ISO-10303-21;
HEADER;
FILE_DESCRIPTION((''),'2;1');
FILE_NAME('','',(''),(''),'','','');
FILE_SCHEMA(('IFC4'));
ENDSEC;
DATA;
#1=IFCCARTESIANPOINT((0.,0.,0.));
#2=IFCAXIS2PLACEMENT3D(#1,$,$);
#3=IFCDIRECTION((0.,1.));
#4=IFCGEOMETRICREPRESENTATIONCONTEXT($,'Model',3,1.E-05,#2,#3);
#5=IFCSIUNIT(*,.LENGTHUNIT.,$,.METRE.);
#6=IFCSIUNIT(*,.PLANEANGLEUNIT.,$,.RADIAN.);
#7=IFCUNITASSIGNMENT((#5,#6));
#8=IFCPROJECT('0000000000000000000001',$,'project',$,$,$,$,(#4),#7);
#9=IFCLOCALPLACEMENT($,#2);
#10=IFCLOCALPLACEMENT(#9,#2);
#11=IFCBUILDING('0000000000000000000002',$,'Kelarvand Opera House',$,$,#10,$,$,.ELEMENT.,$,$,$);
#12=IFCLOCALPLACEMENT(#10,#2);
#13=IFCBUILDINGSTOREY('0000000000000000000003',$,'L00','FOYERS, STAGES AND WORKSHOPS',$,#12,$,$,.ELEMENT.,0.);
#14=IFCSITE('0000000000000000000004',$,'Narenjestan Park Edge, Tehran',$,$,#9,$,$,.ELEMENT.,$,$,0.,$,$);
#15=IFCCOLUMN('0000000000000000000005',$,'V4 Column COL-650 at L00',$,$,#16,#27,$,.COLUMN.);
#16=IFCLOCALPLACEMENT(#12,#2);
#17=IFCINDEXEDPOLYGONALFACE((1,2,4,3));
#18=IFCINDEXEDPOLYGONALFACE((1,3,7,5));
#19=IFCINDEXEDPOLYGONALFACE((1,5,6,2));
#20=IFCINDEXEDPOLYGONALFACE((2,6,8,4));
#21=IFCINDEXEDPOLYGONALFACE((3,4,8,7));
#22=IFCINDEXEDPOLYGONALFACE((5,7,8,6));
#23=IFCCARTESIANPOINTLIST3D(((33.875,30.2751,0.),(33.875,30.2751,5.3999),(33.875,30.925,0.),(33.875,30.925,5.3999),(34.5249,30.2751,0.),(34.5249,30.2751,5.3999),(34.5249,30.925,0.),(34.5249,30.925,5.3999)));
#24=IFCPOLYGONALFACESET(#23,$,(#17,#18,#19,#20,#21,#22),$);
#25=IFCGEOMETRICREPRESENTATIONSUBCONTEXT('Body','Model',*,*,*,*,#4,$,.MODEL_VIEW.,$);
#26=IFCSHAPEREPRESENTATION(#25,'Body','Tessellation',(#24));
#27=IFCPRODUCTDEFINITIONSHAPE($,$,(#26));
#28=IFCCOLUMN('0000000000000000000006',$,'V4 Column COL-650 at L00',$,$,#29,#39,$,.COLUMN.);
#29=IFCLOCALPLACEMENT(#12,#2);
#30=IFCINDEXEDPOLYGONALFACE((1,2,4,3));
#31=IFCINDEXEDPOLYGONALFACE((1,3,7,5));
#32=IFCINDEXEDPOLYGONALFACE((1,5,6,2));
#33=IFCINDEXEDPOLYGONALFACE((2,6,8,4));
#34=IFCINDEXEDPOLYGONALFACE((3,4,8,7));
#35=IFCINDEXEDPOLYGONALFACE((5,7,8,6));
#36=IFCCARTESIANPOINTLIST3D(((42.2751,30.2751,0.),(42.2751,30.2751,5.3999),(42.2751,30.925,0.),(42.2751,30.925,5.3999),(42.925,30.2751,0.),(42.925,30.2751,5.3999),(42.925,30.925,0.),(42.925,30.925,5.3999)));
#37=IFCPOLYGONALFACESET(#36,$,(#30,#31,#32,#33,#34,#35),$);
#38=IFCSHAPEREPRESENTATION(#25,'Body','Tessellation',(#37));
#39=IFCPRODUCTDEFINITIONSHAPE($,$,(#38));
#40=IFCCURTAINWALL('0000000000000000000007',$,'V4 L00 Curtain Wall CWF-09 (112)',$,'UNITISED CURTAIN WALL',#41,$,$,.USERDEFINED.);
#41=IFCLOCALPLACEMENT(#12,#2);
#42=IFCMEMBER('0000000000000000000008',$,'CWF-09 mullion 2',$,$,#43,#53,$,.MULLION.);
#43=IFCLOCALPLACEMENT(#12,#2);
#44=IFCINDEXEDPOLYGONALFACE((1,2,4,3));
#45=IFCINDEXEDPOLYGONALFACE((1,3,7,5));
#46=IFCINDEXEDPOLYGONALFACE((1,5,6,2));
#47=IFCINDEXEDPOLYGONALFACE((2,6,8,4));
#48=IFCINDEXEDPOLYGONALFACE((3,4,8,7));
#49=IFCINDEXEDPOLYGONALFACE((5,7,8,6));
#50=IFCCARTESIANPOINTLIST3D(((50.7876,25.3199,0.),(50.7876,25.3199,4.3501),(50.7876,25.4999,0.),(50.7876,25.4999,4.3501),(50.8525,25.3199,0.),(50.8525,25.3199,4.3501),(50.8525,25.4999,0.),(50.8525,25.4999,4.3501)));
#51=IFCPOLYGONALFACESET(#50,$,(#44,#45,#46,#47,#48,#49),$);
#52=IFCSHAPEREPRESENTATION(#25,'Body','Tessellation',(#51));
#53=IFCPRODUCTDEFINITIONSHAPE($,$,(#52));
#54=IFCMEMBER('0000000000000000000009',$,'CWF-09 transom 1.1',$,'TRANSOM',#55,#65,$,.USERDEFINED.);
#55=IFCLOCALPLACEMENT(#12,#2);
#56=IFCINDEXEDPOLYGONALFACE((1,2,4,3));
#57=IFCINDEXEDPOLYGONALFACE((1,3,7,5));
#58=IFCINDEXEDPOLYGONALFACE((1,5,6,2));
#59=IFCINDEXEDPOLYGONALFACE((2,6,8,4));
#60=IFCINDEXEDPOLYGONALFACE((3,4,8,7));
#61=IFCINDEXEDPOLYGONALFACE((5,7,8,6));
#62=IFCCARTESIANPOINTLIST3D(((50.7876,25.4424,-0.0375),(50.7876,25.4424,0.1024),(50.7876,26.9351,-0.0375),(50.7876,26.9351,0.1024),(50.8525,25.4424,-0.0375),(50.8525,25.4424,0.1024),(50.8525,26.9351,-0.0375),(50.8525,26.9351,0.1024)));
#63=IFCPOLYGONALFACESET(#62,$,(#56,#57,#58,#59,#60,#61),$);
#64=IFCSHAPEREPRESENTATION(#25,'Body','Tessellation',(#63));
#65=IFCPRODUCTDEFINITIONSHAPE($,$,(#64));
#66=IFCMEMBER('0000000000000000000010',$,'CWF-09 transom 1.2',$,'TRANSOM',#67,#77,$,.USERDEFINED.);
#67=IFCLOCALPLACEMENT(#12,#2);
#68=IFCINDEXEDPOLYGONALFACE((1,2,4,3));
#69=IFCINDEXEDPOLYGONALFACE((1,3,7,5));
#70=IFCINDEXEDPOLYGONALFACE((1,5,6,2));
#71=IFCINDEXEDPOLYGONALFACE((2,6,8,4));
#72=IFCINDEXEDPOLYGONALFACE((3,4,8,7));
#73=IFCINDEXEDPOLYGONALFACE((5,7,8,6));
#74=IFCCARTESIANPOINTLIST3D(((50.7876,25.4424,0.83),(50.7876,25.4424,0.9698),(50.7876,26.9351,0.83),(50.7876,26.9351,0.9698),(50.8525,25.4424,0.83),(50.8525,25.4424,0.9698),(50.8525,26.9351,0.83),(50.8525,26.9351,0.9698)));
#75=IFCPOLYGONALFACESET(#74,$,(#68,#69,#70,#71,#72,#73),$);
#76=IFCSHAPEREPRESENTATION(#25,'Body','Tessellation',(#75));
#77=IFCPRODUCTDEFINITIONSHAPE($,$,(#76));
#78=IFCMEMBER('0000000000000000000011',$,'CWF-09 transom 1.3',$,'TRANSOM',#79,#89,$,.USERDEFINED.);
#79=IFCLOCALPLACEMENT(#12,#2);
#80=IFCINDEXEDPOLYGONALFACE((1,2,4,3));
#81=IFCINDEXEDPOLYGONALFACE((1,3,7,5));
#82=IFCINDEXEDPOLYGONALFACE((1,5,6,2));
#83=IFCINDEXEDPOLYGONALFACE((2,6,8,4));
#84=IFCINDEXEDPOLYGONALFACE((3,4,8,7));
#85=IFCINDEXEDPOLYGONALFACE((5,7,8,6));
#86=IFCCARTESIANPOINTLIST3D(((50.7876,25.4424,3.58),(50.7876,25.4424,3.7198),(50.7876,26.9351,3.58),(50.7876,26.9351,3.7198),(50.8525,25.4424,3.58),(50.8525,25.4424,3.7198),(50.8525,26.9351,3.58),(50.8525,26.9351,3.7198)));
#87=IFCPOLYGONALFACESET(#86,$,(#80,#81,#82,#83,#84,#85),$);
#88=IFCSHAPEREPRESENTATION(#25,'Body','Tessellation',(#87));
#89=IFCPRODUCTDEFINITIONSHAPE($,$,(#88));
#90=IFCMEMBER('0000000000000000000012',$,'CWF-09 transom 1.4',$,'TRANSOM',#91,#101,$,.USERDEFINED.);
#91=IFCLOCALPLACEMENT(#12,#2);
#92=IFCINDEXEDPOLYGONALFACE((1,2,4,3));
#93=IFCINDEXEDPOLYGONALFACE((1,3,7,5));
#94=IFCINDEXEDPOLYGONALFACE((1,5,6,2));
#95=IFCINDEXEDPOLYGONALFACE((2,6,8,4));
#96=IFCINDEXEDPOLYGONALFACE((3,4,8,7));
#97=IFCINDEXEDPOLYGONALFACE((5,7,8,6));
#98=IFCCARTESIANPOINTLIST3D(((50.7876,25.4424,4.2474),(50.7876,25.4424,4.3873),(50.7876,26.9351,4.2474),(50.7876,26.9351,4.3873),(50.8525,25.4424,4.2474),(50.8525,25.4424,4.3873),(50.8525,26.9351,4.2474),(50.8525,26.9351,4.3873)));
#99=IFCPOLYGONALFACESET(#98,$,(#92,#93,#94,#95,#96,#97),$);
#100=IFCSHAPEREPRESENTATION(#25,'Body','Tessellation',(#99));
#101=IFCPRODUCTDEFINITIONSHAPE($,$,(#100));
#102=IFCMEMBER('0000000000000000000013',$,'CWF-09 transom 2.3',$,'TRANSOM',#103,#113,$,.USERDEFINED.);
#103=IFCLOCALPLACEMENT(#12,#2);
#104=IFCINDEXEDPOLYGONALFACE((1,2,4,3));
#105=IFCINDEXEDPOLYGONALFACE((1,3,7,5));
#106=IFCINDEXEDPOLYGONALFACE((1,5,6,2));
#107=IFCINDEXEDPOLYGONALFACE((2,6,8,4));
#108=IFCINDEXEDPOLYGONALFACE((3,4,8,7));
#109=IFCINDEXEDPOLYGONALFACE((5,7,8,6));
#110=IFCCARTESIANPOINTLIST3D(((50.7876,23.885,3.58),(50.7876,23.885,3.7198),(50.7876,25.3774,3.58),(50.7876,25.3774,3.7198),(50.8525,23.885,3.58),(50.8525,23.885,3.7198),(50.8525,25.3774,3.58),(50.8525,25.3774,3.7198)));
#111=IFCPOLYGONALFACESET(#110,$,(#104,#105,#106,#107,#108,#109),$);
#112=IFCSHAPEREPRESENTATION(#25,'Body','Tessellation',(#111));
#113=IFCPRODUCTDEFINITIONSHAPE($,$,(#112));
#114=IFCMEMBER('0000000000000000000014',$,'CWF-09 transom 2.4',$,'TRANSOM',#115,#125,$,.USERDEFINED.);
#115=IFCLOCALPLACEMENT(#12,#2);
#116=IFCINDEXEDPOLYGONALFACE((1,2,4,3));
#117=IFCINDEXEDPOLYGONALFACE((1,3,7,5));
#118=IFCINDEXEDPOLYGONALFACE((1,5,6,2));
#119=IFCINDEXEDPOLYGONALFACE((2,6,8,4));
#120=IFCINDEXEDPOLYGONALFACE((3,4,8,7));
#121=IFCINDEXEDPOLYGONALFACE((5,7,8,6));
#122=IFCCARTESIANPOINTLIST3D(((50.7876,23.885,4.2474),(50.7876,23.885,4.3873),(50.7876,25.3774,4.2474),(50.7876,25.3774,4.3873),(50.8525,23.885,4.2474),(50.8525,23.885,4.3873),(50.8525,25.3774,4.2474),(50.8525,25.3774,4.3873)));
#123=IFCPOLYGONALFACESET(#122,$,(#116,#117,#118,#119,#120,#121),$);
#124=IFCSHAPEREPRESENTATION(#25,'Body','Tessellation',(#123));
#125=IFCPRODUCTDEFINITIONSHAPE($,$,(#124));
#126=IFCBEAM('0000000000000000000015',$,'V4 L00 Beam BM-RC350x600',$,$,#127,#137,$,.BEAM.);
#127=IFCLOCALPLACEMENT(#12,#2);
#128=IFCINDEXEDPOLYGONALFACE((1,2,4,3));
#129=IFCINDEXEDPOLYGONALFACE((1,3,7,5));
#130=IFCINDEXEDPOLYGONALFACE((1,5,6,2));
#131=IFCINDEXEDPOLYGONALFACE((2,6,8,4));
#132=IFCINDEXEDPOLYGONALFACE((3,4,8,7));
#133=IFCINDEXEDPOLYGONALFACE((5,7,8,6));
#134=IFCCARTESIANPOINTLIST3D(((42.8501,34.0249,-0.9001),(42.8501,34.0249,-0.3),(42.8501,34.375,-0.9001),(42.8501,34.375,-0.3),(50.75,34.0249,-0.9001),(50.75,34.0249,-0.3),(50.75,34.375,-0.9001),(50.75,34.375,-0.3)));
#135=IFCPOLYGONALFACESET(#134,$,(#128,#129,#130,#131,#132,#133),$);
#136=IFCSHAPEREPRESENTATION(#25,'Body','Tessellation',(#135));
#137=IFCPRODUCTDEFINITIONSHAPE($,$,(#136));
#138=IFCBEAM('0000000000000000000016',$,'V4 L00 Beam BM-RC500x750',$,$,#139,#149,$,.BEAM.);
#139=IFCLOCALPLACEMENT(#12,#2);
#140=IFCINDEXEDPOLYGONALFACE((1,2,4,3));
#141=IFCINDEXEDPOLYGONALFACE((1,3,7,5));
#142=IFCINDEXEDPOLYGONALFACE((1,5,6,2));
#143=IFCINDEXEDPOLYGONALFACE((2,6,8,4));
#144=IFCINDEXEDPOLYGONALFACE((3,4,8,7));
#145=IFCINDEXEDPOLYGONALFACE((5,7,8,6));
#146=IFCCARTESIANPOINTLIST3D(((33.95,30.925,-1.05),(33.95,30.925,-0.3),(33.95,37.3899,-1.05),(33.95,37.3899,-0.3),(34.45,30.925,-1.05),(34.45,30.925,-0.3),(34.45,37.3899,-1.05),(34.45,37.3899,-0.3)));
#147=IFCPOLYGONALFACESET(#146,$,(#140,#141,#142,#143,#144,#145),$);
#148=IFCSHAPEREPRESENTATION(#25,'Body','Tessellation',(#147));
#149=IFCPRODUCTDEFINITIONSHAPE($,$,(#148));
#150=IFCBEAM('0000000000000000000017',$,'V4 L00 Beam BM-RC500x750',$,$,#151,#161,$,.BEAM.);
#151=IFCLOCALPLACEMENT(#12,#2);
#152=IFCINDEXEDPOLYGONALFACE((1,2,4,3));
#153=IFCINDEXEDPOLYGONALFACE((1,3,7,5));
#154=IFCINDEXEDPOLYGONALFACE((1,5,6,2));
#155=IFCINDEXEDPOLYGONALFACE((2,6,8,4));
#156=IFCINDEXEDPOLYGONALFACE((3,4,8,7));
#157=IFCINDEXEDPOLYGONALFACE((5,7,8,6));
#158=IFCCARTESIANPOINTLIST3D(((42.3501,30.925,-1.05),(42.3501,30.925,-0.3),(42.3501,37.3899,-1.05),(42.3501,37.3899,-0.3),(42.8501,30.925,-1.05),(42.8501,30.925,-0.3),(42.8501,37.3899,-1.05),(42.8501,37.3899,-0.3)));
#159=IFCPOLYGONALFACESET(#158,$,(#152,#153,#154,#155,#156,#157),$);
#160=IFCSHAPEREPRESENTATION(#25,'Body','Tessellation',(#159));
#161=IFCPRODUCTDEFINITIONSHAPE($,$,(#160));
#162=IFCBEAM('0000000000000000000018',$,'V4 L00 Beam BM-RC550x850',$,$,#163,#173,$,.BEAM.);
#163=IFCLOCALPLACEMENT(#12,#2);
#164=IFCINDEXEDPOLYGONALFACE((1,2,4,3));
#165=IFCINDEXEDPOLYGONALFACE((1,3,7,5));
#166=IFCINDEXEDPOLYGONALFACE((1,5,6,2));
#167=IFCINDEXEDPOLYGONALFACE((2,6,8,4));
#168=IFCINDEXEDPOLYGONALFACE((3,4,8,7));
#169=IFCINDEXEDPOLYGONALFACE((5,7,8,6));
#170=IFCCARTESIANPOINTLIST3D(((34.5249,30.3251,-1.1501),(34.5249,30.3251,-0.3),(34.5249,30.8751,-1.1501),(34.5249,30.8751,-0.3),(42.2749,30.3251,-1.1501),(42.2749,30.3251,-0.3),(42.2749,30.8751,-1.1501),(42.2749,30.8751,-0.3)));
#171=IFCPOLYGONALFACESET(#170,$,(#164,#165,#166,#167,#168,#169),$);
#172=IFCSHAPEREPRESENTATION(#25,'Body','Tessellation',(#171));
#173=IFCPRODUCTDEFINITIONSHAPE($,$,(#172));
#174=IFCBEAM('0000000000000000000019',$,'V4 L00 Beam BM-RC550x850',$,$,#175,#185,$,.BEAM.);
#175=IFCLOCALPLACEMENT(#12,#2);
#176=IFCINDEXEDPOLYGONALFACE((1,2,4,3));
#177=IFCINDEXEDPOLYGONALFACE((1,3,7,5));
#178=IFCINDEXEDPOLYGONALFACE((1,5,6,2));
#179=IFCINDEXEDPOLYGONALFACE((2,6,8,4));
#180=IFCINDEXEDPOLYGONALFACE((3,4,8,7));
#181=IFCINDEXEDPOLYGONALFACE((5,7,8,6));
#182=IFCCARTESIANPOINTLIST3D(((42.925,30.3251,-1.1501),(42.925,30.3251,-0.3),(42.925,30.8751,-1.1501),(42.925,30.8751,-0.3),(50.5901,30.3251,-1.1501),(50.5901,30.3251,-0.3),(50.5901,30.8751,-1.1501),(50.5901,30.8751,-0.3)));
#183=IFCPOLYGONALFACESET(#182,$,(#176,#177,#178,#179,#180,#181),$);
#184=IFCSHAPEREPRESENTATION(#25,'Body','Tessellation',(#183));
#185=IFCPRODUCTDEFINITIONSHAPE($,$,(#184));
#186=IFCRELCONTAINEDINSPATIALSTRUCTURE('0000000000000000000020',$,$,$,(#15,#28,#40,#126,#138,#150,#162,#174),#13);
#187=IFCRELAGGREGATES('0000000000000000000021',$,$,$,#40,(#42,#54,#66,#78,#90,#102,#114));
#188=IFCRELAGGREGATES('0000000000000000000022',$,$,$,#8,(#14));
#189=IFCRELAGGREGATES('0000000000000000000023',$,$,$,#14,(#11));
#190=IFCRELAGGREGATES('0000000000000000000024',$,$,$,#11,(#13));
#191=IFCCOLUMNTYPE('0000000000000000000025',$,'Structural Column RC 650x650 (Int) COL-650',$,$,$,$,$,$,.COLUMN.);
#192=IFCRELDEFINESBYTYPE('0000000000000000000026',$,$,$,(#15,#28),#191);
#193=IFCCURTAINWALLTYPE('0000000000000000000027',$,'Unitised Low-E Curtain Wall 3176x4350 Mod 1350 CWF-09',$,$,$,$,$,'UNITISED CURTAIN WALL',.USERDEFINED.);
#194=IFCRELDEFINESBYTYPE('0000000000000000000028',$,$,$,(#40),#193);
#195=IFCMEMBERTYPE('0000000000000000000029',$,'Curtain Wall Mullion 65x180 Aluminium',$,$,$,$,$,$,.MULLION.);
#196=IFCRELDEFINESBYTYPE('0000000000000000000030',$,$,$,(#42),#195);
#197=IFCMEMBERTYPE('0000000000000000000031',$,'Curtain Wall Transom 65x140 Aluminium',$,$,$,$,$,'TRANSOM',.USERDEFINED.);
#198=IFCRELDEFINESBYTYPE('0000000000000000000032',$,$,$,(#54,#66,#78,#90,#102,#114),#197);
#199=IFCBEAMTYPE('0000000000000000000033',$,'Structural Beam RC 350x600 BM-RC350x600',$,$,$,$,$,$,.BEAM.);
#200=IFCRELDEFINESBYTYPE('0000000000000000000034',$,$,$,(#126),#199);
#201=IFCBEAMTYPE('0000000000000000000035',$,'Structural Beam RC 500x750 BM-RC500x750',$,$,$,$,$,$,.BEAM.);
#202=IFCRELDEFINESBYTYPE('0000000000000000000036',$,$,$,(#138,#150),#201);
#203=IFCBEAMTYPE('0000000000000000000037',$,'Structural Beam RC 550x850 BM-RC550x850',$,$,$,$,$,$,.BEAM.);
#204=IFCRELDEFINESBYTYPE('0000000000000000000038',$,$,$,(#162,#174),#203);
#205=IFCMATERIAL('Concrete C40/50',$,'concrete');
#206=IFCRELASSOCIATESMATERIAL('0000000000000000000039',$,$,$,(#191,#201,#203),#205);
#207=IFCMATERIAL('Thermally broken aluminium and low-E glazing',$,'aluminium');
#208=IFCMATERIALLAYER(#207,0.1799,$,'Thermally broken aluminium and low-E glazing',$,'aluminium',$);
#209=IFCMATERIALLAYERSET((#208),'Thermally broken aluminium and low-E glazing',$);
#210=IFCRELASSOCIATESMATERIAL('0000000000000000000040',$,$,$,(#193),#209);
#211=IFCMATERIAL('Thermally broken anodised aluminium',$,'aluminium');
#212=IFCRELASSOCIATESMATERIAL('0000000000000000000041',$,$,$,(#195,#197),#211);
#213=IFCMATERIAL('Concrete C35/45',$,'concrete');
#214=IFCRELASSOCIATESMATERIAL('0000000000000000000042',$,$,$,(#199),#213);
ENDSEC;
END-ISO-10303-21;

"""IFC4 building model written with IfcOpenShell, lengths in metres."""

from ifc_helpers import new_model, si_unit, direction, frame, origin, origin_2d, place, context, subcontext, project, spatial, rectangle, extrude, material, layer, layer_set, material_profile, profile_set, type_object, element, aggregate, save


model = new_model("IFC4")

# Units and contexts
model_context = context("Model", 3, precision=1e-05, world=origin(), true_north=direction((0.0, 1.0)))
body_context = subcontext(model_context, "Body", "Model", "MODEL_VIEW")
ifc_project = project(units=[si_unit("LENGTHUNIT", "METRE"), si_unit("PLANEANGLEUNIT", "RADIAN")], contexts=[model_context])

# Site, building, storey
site_placement = place(None, origin())
site = spatial("IfcSite", under=ifc_project, at=site_placement, Name="Narenjestan Park Edge, Tehran", CompositionType="ELEMENT", RefElevation=0.0)
building_placement = place(site_placement, origin())
building = spatial("IfcBuilding", under=site, at=building_placement, Name="Kelarvand Opera House", CompositionType="ELEMENT")
storey_placement = place(building_placement, origin())
storey = spatial("IfcBuildingStorey", under=building, at=storey_placement, Name="L00", Description="FOYERS, STAGES AND WORKSHOPS", CompositionType="ELEMENT", Elevation=0.0)

# Columns
ifc_material_1 = material(Name="Concrete C40/50", Category="concrete")
ifc_material_profile_1 = material_profile(ifc_material_1, rectangle(XDim=0.6499, YDim=0.6499, at=origin_2d()), Name="RC 650x650", Category="concrete")
ifc_profile_set_1 = profile_set([ifc_material_profile_1], Name="Concrete C40/50")
column_type = type_object("IfcColumnType", Name="Structural Column RC 650x650 (Int) COL-650", PredefinedType="COLUMN", material=ifc_profile_set_1)
for number, where, z_axis, x_axis, name in (
    (1, (34.2, 30.6001, 0.0), (0.0, 0.0, 1.0), (1.0, 0.0, 0.0), "V4 Column COL-650 at L00"),
    (2, (42.6001, 30.6001, 0.0), (0.0, 0.0, 1.0), (1.0, 0.0, 0.0), "V4 Column COL-650 at L00"),
):
    element("IfcColumn", number, at=place(storey_placement, frame(where, z_axis=z_axis, x_axis=x_axis)), inside=storey, type_object=column_type, Name=name, PredefinedType="COLUMN", context=body_context, shape_type="SweptSolid", body=[
        extrude(rectangle(XDim=0.6499, YDim=0.6499, at=origin_2d()), origin(), (0.0, 0.0, 1.0), 5.3999),
    ])

# Curtain wall, members
ifc_material_2 = material(Name="Thermally broken aluminium and low-E glazing", Category="aluminium")
ifc_layer_1 = layer(ifc_material_2, 0.1799, Name="Thermally broken aluminium and low-E glazing", Category="aluminium")
ifc_layer_set_1 = layer_set([ifc_layer_1], Name="Thermally broken aluminium and low-E glazing")
curtain_wall_type = type_object("IfcCurtainWallType", Name="Unitised Low-E Curtain Wall 3176x4350 Mod 1350 CWF-09", ElementType="UNITISED CURTAIN WALL", PredefinedType="USERDEFINED", material=ifc_layer_set_1)
curtain_wall_placement = place(storey_placement, origin())
curtain_wall = element("IfcCurtainWall", 3, at=curtain_wall_placement, inside=storey, type_object=curtain_wall_type, Name="V4 L00 Curtain Wall CWF-09 (112)", ObjectType="UNITISED CURTAIN WALL", PredefinedType="USERDEFINED")
ifc_material_3 = material(Name="Thermally broken anodised aluminium", Category="aluminium")
ifc_material_profile_2 = material_profile(ifc_material_3, rectangle(XDim=0.0649, YDim=0.1799, at=origin_2d()), Name="ALU MULLION 65x180", Category="aluminium")
ifc_profile_set_2 = profile_set([ifc_material_profile_2], Name="Thermally broken anodised aluminium")
member_type_1 = type_object("IfcMemberType", Name="Curtain Wall Mullion 65x180 Aluminium", PredefinedType="MULLION", material=ifc_profile_set_2)
member_1_placement = place(storey_placement, frame((50.8201, 25.4099, 0.0), z_axis=(0.0, 0.0, 1.0), x_axis=(1.0, 0.0, 0.0)))
member_1 = element("IfcMember", 4, at=member_1_placement, type_object=member_type_1, Name="CWF-09 mullion 2", PredefinedType="MULLION", context=body_context, shape_type="SweptSolid", body=[
    extrude(rectangle(XDim=0.0649, YDim=0.1799, at=origin_2d()), origin(), (0.0, 0.0, 1.0), 4.3501),
])
ifc_material_profile_3 = material_profile(ifc_material_3, rectangle(XDim=0.0649, YDim=0.1399, at=origin_2d()), Name="ALU TRANSOM 65x140", Category="aluminium")
ifc_profile_set_3 = profile_set([ifc_material_profile_3], Name="Thermally broken anodised aluminium")
member_type_2 = type_object("IfcMemberType", Name="Curtain Wall Transom 65x140 Aluminium", ElementType="TRANSOM", PredefinedType="USERDEFINED", material=ifc_profile_set_3)
member_2_placement = place(storey_placement, frame((50.8201, 26.9351, 0.0325), z_axis=(0.0, -1.0, 0.0), x_axis=(1.0, 0.0, 0.0)))
member_2 = element("IfcMember", 5, at=member_2_placement, type_object=member_type_2, Name="CWF-09 transom 1.1", ObjectType="TRANSOM", PredefinedType="USERDEFINED", context=body_context, shape_type="SweptSolid", body=[
    extrude(rectangle(XDim=0.0649, YDim=0.1399, at=origin_2d()), origin(), (0.0, 0.0, 1.0), 1.4927),
])
member_3_placement = place(storey_placement, frame((50.8201, 26.9351, 0.8999), z_axis=(0.0, -1.0, 0.0), x_axis=(1.0, 0.0, 0.0)))
member_3 = element("IfcMember", 6, at=member_3_placement, type_object=member_type_2, Name="CWF-09 transom 1.2", ObjectType="TRANSOM", PredefinedType="USERDEFINED", context=body_context, shape_type="SweptSolid", body=[
    extrude(rectangle(XDim=0.0649, YDim=0.1399, at=origin_2d()), origin(), (0.0, 0.0, 1.0), 1.4927),
])
member_4_placement = place(storey_placement, frame((50.8201, 26.9351, 3.6499), z_axis=(0.0, -1.0, 0.0), x_axis=(1.0, 0.0, 0.0)))
member_4 = element("IfcMember", 7, at=member_4_placement, type_object=member_type_2, Name="CWF-09 transom 1.3", ObjectType="TRANSOM", PredefinedType="USERDEFINED", context=body_context, shape_type="SweptSolid", body=[
    extrude(rectangle(XDim=0.0649, YDim=0.1399, at=origin_2d()), origin(), (0.0, 0.0, 1.0), 1.4927),
])
member_5_placement = place(storey_placement, frame((50.8201, 26.9351, 4.3174), z_axis=(0.0, -1.0, 0.0), x_axis=(1.0, 0.0, 0.0)))
member_5 = element("IfcMember", 8, at=member_5_placement, type_object=member_type_2, Name="CWF-09 transom 1.4", ObjectType="TRANSOM", PredefinedType="USERDEFINED", context=body_context, shape_type="SweptSolid", body=[
    extrude(rectangle(XDim=0.0649, YDim=0.1399, at=origin_2d()), origin(), (0.0, 0.0, 1.0), 1.4927),
])
member_6_placement = place(storey_placement, frame((50.8201, 25.3774, 3.6499), z_axis=(0.0, -1.0, 0.0), x_axis=(1.0, 0.0, 0.0)))
member_6 = element("IfcMember", 9, at=member_6_placement, type_object=member_type_2, Name="CWF-09 transom 2.3", ObjectType="TRANSOM", PredefinedType="USERDEFINED", context=body_context, shape_type="SweptSolid", body=[
    extrude(rectangle(XDim=0.0649, YDim=0.1399, at=origin_2d()), origin(), (0.0, 0.0, 1.0), 1.4924),
])
member_7_placement = place(storey_placement, frame((50.8201, 25.3774, 4.3174), z_axis=(0.0, -1.0, 0.0), x_axis=(1.0, 0.0, 0.0)))
member_7 = element("IfcMember", 10, at=member_7_placement, type_object=member_type_2, Name="CWF-09 transom 2.4", ObjectType="TRANSOM", PredefinedType="USERDEFINED", context=body_context, shape_type="SweptSolid", body=[
    extrude(rectangle(XDim=0.0649, YDim=0.1399, at=origin_2d()), origin(), (0.0, 0.0, 1.0), 1.4924),
])

# Beams
ifc_material_4 = material(Name="Concrete C35/45", Category="concrete")
ifc_material_profile_4 = material_profile(ifc_material_4, rectangle(XDim=0.3501, YDim=0.6001, at=origin_2d()), Name="RC 350x600", Category="concrete")
ifc_profile_set_4 = profile_set([ifc_material_profile_4], Name="Concrete C35/45")
beam_type_1 = type_object("IfcBeamType", Name="Structural Beam RC 350x600 BM-RC350x600", PredefinedType="BEAM", material=ifc_profile_set_4)
beam_1_placement = place(storey_placement, frame((42.8501, 34.2, -0.6001), z_axis=(1.0, 0.0, 0.0), x_axis=(0.0, 1.0, 0.0)))
element("IfcBeam", 11, at=beam_1_placement, inside=storey, type_object=beam_type_1, Name="V4 L00 Beam BM-RC350x600", PredefinedType="BEAM", context=body_context, shape_type="SweptSolid", body=[
    extrude(rectangle(XDim=0.3501, YDim=0.6001, at=origin_2d()), origin(), (0.0, 0.0, 1.0), 7.8999),
])
ifc_material_profile_5 = material_profile(ifc_material_1, rectangle(XDim=0.5, YDim=0.75, at=origin_2d()), Name="RC 500x750", Category="concrete")
ifc_profile_set_5 = profile_set([ifc_material_profile_5], Name="Concrete C40/50")
beam_type_2 = type_object("IfcBeamType", Name="Structural Beam RC 500x750 BM-RC500x750", PredefinedType="BEAM", material=ifc_profile_set_5)
for number, where, z_axis, x_axis, name in (
    (12, (34.2, 30.925, -0.675), (0.0, 1.0, 0.0), (-1.0, 0.0, 0.0), "V4 L00 Beam BM-RC500x750"),
    (13, (42.6001, 30.925, -0.675), (0.0, 1.0, 0.0), (-1.0, 0.0, 0.0), "V4 L00 Beam BM-RC500x750"),
):
    element("IfcBeam", number, at=place(storey_placement, frame(where, z_axis=z_axis, x_axis=x_axis)), inside=storey, type_object=beam_type_2, Name=name, PredefinedType="BEAM", context=body_context, shape_type="SweptSolid", body=[
        extrude(rectangle(XDim=0.5, YDim=0.75, at=origin_2d()), origin(), (0.0, 0.0, 1.0), 6.4648),
    ])
ifc_material_profile_6 = material_profile(ifc_material_1, rectangle(XDim=0.55, YDim=0.8501, at=origin_2d()), Name="RC 550x850", Category="concrete")
ifc_profile_set_6 = profile_set([ifc_material_profile_6], Name="Concrete C40/50")
beam_type_3 = type_object("IfcBeamType", Name="Structural Beam RC 550x850 BM-RC550x850", PredefinedType="BEAM", material=ifc_profile_set_6)
beam_2_placement = place(storey_placement, frame((34.5249, 30.6001, -0.7251), z_axis=(1.0, 0.0, 0.0), x_axis=(0.0, 1.0, 0.0)))
element("IfcBeam", 14, at=beam_2_placement, inside=storey, type_object=beam_type_3, Name="V4 L00 Beam BM-RC550x850", PredefinedType="BEAM", context=body_context, shape_type="SweptSolid", body=[
    extrude(rectangle(XDim=0.55, YDim=0.8501, at=origin_2d()), origin(), (0.0, 0.0, 1.0), 7.75),
])
beam_3_placement = place(storey_placement, frame((42.925, 30.6001, -0.7251), z_axis=(1.0, 0.0, 0.0), x_axis=(0.0, 1.0, 0.0)))
element("IfcBeam", 15, at=beam_3_placement, inside=storey, type_object=beam_type_3, Name="V4 L00 Beam BM-RC550x850", PredefinedType="BEAM", context=body_context, shape_type="SweptSolid", body=[
    extrude(rectangle(XDim=0.55, YDim=0.8501, at=origin_2d()), origin(), (0.0, 0.0, 1.0), 7.665),
])

aggregate(curtain_wall, [member_1, member_2, member_3, member_4, member_5, member_6, member_7])

save(model, "model.ifc")
